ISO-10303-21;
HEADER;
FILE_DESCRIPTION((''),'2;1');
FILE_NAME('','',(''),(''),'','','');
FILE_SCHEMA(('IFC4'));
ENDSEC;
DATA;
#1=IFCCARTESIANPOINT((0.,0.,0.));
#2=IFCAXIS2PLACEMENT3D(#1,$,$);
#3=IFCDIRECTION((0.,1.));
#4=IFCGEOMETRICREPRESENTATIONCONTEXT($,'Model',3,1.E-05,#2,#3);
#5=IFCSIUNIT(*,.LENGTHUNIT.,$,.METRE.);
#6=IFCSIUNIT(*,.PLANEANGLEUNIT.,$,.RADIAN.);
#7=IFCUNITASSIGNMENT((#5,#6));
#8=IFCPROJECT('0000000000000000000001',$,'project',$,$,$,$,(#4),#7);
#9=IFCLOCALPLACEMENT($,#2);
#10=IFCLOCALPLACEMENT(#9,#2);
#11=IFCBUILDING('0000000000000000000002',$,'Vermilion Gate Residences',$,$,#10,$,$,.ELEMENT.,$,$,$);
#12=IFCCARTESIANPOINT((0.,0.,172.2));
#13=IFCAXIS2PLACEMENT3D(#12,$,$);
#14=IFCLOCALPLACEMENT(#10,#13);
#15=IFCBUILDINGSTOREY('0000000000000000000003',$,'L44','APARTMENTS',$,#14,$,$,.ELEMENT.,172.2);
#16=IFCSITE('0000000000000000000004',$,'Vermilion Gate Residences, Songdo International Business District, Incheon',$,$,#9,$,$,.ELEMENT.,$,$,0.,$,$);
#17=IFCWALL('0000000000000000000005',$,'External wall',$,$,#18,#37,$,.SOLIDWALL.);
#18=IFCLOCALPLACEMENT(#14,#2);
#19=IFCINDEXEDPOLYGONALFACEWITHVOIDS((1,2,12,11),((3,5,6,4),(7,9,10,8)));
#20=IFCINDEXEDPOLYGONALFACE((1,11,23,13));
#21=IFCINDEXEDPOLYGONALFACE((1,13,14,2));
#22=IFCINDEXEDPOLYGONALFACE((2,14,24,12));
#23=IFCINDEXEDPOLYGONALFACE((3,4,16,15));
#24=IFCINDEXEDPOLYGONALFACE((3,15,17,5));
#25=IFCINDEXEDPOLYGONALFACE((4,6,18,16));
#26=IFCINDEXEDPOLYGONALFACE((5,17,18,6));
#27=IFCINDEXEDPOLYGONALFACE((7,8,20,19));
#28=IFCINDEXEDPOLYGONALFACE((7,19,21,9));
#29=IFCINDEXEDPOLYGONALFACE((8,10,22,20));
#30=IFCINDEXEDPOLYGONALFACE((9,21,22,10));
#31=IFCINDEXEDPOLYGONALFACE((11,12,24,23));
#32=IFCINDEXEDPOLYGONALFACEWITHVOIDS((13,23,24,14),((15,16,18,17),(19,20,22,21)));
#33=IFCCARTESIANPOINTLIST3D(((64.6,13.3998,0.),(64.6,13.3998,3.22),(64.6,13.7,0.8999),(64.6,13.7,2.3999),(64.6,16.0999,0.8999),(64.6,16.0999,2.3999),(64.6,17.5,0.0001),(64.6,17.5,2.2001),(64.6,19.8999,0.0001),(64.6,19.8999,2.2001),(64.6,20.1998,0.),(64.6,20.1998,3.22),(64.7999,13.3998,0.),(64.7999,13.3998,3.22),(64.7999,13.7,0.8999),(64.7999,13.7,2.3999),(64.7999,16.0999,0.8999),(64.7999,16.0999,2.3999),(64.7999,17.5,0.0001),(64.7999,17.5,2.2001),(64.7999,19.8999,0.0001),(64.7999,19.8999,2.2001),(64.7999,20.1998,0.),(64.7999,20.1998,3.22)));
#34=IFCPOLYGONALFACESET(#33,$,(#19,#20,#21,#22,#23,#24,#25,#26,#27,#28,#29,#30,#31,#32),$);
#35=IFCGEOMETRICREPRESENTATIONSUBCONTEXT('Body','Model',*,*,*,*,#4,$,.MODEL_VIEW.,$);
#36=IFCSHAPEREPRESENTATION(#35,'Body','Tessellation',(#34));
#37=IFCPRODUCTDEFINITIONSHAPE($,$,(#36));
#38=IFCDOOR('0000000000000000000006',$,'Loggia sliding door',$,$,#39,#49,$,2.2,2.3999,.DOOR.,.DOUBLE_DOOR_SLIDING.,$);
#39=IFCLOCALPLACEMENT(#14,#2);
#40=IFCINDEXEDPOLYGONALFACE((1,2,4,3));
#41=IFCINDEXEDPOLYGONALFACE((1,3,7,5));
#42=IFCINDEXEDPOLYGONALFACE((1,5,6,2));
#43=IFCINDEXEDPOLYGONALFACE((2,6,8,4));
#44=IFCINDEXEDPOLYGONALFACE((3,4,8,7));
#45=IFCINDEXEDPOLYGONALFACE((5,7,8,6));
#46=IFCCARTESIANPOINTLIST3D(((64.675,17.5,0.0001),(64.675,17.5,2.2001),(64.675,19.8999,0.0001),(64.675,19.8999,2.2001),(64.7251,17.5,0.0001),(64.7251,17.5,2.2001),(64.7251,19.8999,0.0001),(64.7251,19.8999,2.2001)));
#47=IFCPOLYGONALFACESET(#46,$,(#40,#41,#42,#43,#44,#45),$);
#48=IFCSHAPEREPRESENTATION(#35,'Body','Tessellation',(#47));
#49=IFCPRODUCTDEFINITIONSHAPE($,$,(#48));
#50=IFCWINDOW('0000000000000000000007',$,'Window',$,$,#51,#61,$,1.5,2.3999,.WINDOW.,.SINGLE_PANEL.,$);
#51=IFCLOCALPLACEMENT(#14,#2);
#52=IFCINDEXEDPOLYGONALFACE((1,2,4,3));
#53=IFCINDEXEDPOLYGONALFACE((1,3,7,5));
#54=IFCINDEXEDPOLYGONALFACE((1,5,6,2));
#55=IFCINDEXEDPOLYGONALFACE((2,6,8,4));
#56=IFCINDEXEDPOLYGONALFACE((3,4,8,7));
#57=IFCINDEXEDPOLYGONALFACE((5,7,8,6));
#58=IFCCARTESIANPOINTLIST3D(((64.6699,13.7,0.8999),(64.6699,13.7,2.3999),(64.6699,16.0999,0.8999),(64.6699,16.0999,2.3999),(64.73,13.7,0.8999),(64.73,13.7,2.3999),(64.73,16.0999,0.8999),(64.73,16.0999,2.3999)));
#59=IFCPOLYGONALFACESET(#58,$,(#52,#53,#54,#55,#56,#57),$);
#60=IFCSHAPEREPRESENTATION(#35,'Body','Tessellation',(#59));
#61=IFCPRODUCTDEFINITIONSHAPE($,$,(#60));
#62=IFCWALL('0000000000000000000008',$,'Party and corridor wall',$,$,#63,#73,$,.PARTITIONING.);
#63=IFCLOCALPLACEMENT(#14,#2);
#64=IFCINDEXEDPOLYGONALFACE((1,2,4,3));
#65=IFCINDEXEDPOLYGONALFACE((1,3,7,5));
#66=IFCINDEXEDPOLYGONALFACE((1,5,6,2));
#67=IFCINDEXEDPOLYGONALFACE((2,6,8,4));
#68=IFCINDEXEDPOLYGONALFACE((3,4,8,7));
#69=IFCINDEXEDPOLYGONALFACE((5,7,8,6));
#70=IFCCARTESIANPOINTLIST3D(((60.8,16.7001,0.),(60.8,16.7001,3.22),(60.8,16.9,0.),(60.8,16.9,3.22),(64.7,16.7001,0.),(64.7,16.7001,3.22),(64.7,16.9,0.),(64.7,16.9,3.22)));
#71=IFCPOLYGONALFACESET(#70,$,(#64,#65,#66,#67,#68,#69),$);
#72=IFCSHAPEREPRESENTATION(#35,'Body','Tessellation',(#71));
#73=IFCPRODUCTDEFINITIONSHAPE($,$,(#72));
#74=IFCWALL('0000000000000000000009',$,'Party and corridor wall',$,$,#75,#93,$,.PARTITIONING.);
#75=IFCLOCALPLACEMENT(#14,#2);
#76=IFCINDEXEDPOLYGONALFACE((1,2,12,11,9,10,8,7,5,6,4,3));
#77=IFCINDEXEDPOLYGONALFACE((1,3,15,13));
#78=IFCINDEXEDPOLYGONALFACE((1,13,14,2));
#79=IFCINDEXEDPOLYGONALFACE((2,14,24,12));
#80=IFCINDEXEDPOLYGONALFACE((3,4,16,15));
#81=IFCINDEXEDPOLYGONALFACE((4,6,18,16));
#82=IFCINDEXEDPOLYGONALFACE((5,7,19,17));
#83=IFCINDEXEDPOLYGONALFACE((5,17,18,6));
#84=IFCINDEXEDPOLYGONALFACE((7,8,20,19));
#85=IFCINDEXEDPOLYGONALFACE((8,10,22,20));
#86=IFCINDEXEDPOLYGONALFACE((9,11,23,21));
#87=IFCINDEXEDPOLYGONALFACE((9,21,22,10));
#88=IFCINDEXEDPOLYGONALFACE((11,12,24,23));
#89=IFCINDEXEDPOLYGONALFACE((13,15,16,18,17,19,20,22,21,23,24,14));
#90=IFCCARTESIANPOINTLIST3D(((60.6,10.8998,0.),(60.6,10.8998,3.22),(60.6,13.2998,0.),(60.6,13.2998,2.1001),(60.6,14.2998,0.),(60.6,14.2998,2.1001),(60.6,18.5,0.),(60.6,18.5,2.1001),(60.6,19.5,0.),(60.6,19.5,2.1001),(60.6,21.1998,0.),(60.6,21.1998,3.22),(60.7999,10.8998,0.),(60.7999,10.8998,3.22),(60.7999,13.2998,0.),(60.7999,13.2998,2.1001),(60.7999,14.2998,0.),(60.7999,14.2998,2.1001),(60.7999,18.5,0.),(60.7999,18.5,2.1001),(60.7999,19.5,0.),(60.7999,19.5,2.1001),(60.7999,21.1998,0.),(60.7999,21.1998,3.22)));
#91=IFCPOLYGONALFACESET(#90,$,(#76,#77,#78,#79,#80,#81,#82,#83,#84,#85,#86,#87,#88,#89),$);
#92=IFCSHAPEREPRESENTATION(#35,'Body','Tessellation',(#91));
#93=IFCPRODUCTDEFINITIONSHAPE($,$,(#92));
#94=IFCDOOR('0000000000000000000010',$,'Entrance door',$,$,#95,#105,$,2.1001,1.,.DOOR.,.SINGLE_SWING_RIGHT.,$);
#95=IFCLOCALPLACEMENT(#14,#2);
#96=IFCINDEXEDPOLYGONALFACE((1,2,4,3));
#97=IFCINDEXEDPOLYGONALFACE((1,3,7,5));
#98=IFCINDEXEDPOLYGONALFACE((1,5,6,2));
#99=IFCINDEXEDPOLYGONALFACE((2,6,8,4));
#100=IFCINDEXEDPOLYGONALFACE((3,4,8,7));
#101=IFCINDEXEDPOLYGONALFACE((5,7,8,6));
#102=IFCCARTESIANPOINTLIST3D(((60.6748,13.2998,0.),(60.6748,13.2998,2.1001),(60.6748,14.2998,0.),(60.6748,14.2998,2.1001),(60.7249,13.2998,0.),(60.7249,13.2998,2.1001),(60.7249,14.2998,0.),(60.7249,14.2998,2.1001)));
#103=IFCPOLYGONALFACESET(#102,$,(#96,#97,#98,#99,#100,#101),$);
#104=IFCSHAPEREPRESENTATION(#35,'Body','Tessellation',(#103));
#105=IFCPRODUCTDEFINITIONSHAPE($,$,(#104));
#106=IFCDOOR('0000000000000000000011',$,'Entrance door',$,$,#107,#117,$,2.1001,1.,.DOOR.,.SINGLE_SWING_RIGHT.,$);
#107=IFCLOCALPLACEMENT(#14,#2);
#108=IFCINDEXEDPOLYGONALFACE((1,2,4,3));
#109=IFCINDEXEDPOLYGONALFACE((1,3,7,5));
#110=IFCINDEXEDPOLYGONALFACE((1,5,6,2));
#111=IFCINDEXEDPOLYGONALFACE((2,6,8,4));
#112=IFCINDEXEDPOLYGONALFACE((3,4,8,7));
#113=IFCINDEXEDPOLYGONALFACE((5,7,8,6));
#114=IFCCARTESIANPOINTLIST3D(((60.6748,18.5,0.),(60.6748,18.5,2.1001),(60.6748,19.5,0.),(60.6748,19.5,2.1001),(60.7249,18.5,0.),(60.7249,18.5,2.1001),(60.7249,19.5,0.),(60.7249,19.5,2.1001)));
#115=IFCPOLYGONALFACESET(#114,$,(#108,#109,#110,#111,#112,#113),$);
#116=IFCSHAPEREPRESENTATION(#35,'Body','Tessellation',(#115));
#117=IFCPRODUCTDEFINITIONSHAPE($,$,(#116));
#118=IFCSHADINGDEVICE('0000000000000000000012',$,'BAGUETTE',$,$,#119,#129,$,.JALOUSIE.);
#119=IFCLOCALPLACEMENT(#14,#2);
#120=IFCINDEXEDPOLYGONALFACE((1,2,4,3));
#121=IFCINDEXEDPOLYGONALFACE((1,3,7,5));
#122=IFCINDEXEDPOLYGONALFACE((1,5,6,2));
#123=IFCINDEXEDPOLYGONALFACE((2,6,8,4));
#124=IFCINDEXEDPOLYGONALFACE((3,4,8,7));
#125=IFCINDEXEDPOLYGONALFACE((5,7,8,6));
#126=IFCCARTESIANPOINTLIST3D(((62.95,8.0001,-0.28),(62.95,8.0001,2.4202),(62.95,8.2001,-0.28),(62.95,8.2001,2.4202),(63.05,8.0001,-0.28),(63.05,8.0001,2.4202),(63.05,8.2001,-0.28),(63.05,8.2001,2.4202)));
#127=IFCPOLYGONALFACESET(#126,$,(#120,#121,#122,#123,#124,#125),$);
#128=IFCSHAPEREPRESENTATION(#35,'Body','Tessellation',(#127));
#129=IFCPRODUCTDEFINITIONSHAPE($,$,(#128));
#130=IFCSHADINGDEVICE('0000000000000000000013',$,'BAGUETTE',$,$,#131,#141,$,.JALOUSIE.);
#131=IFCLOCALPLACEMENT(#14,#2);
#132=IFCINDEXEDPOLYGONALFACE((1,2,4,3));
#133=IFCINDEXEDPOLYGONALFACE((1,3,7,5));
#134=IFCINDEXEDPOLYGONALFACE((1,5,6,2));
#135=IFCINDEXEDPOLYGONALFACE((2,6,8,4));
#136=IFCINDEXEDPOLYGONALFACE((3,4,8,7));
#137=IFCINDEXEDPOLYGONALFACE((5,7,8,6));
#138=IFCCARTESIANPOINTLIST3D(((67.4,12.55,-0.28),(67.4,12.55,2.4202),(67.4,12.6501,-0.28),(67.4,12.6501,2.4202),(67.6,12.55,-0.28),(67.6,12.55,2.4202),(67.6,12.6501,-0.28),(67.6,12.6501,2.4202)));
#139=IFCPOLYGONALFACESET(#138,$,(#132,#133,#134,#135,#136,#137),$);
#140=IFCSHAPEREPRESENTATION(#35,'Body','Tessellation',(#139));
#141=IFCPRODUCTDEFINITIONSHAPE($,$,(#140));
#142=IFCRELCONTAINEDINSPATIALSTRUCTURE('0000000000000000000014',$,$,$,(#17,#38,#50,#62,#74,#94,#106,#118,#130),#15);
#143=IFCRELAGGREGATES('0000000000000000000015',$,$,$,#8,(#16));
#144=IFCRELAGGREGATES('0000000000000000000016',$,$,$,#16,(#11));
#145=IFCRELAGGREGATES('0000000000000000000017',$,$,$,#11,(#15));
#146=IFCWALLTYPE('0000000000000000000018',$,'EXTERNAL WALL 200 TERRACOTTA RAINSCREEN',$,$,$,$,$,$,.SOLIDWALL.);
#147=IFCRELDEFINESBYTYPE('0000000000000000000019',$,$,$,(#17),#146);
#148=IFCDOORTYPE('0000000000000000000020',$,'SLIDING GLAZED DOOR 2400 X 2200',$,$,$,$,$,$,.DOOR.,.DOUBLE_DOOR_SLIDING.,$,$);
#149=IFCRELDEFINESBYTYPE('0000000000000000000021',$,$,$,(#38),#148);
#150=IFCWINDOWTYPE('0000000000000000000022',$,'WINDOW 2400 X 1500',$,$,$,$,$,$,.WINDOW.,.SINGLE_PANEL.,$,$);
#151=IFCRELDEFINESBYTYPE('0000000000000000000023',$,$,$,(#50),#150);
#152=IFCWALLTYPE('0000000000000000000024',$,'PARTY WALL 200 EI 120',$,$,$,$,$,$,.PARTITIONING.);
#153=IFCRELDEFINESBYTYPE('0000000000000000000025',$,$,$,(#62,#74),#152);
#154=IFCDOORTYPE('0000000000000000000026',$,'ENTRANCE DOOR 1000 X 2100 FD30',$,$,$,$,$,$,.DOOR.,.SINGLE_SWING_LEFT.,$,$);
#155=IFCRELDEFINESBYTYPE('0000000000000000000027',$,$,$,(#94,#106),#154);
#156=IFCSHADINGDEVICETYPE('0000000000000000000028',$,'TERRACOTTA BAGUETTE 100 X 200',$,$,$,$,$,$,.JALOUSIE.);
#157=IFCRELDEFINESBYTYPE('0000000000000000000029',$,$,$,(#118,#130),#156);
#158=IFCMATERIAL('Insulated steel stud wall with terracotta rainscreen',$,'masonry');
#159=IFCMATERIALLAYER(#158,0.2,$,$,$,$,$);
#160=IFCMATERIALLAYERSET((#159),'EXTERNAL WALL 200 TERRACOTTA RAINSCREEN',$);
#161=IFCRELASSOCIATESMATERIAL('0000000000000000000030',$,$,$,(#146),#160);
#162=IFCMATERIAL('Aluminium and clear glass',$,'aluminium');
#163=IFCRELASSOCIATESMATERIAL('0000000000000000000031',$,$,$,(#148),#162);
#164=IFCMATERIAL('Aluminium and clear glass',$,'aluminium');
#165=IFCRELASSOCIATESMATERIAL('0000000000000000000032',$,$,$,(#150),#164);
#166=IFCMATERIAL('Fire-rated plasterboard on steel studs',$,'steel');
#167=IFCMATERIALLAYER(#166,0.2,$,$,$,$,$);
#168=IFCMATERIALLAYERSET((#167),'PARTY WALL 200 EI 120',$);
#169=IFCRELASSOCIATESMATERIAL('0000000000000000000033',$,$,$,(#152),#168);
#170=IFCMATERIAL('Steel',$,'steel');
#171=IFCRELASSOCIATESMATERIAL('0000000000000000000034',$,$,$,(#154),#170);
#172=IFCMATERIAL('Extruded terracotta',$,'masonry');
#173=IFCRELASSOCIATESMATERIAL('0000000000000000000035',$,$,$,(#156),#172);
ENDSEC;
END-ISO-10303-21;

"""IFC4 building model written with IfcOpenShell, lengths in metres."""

from ifc_helpers import new_model, si_unit, direction, frame, frame_2d, origin, origin_2d, place, context, subcontext, project, spatial, rectangle, extrude, material, layer, layer_set, material_profile, profile_set, type_object, element, fill, save


model = new_model("IFC4")

# Units and contexts
model_context = context("Model", 3, precision=1e-05, world=origin(), true_north=direction((0.0, 1.0)))
body_context = subcontext(model_context, "Body", "Model", "MODEL_VIEW")
ifc_project = project(units=[si_unit("LENGTHUNIT", "METRE"), si_unit("PLANEANGLEUNIT", "RADIAN")], contexts=[model_context])

# Site, building, storey
site_placement = place(None, origin())
site = spatial("IfcSite", under=ifc_project, at=site_placement, Name="Vermilion Gate Residences, Songdo International Business District, Incheon", CompositionType="ELEMENT", RefElevation=0.0)
building_placement = place(site_placement, origin())
building = spatial("IfcBuilding", under=site, at=building_placement, Name="Vermilion Gate Residences", CompositionType="ELEMENT")
storey_placement = place(building_placement, frame((0.0, 0.0, 172.2)))
storey = spatial("IfcBuildingStorey", under=building, at=storey_placement, Name="L44", Description="APARTMENTS", CompositionType="ELEMENT", Elevation=172.2)

# Shared definitions
ifc_material_1 = material(Name="Insulated steel stud wall with terracotta rainscreen", Category="masonry")
ifc_layer_1 = layer(ifc_material_1, 0.2)
ifc_layer_set_1 = layer_set([ifc_layer_1], Name="EXTERNAL WALL 200 TERRACOTTA RAINSCREEN")
wall_type_1 = type_object("IfcWallType", Name="EXTERNAL WALL 200 TERRACOTTA RAINSCREEN", PredefinedType="SOLIDWALL", material=ifc_layer_set_1)

# Wall, openings, door, window
wall_1_placement = place(storey_placement, frame((64.7, 13.3999, 0.0), z_axis=(0.0, 0.0, 1.0), x_axis=(0.0, 1.0, 0.0)))
wall_1 = element("IfcWall", 1, at=wall_1_placement, inside=storey, type_object=wall_type_1, Name="External wall", PredefinedType="SOLIDWALL", context=body_context, shape_type="SweptSolid", body=[
    extrude(rectangle(XDim=6.8, YDim=0.2, at=frame_2d((3.3999, 0.0))), origin(), (0.0, 0.0, 1.0), 3.22),
])
opening_1_placement = place(wall_1_placement, frame((0.3, 0.0, 0.8999)))
opening_1 = element("IfcOpeningElement", 2, at=opening_1_placement, cuts=wall_1, PredefinedType="OPENING", context=body_context, shape_type="SweptSolid", body=[
    extrude(rectangle(XDim=2.3999, YDim=1.5, at=frame_2d((1.2, 0.75))), frame((0.0, 0.1099, 0.0), z_axis=(0.0, -1.0, 0.0), x_axis=(1.0, 0.0, 0.0)), (0.0, 0.0, 1.0), 0.22),
])
opening_2_placement = place(wall_1_placement, frame((4.1001, 0.0, 0.0)))
opening_2 = element("IfcOpeningElement", 3, at=opening_2_placement, cuts=wall_1, PredefinedType="OPENING", context=body_context, shape_type="SweptSolid", body=[
    extrude(rectangle(XDim=2.3999, YDim=2.2, at=frame_2d((1.2, 1.1001))), frame((0.0, 0.1099, 0.0), z_axis=(0.0, -1.0, 0.0), x_axis=(1.0, 0.0, 0.0)), (0.0, 0.0, 1.0), 0.22),
])
ifc_material_2 = material(Name="Aluminium and clear glass", Category="aluminium")
door_type_1 = type_object("IfcDoorType", Name="SLIDING GLAZED DOOR 2400 X 2200", OperationType="DOUBLE_DOOR_SLIDING", PredefinedType="DOOR", material=ifc_material_2)
door_1_placement = place(opening_2_placement, origin())
door_1 = element("IfcDoor", 4, at=door_1_placement, inside=storey, type_object=door_type_1, Name="Loggia sliding door", OperationType="DOUBLE_DOOR_SLIDING", OverallHeight=2.2, OverallWidth=2.3999, PredefinedType="DOOR", context=body_context, shape_type="SweptSolid", body=[
    extrude(rectangle(XDim=2.3999, YDim=2.2, at=frame_2d((1.2, 1.1001))), frame((0.0, 0.0249, 0.0), z_axis=(0.0, -1.0, 0.0), x_axis=(1.0, 0.0, 0.0)), (0.0, 0.0, 1.0), 0.05),
])
fill(opening_2, door_1)
ifc_material_3 = material(Name="Aluminium and clear glass", Category="aluminium")
window_type_1 = type_object("IfcWindowType", Name="WINDOW 2400 X 1500", PartitioningType="SINGLE_PANEL", PredefinedType="WINDOW", material=ifc_material_3)
window_1_placement = place(opening_1_placement, origin())
window_1 = element("IfcWindow", 5, at=window_1_placement, inside=storey, type_object=window_type_1, Name="Window", OverallHeight=1.5, OverallWidth=2.3999, PartitioningType="SINGLE_PANEL", PredefinedType="WINDOW", context=body_context, shape_type="SweptSolid", body=[
    extrude(rectangle(XDim=2.3999, YDim=1.5, at=frame_2d((1.2, 0.75))), frame((0.0, 0.03, 0.0), z_axis=(0.0, -1.0, 0.0), x_axis=(1.0, 0.0, 0.0)), (0.0, 0.0, 1.0), 0.0601),
])
fill(opening_1, window_1)

# Wall
ifc_material_4 = material(Name="Fire-rated plasterboard on steel studs", Category="steel")
ifc_layer_2 = layer(ifc_material_4, 0.2)
ifc_layer_set_2 = layer_set([ifc_layer_2], Name="PARTY WALL 200 EI 120")
wall_type_2 = type_object("IfcWallType", Name="PARTY WALL 200 EI 120", PredefinedType="PARTITIONING", material=ifc_layer_set_2)
wall_2_placement = place(storey_placement, frame((60.8, 16.8, 0.0), z_axis=(0.0, 0.0, 1.0), x_axis=(1.0, 0.0, 0.0)))
element("IfcWall", 6, at=wall_2_placement, inside=storey, type_object=wall_type_2, Name="Party and corridor wall", PredefinedType="PARTITIONING", context=body_context, shape_type="SweptSolid", body=[
    extrude(rectangle(XDim=3.8999, YDim=0.2, at=frame_2d((1.95, 0.0))), origin(), (0.0, 0.0, 1.0), 3.22),
])

# Wall, openings, doors
wall_3_placement = place(storey_placement, frame((60.7, 10.8999, 0.0), z_axis=(0.0, 0.0, 1.0), x_axis=(0.0, 1.0, 0.0)))
wall_3 = element("IfcWall", 7, at=wall_3_placement, inside=storey, type_object=wall_type_2, Name="Party and corridor wall", PredefinedType="PARTITIONING", context=body_context, shape_type="SweptSolid", body=[
    extrude(rectangle(XDim=10.3, YDim=0.2, at=frame_2d((5.1499, 0.0))), origin(), (0.0, 0.0, 1.0), 3.22),
])
opening_3_placement = place(wall_3_placement, frame((2.3999, 0.0, 0.0)))
opening_3 = element("IfcOpeningElement", 8, at=opening_3_placement, cuts=wall_3, PredefinedType="OPENING", context=body_context, shape_type="SweptSolid", body=[
    extrude(rectangle(XDim=1.0, YDim=2.1001, at=frame_2d((0.5, 1.05))), frame((0.0, 0.1099, 0.0), z_axis=(0.0, -1.0, 0.0), x_axis=(1.0, 0.0, 0.0)), (0.0, 0.0, 1.0), 0.22),
])
opening_4_placement = place(wall_3_placement, frame((7.6001, 0.0, 0.0)))
opening_4 = element("IfcOpeningElement", 9, at=opening_4_placement, cuts=wall_3, PredefinedType="OPENING", context=body_context, shape_type="SweptSolid", body=[
    extrude(rectangle(XDim=1.0, YDim=2.1001, at=frame_2d((0.5, 1.05))), frame((0.0, 0.1099, 0.0), z_axis=(0.0, -1.0, 0.0), x_axis=(1.0, 0.0, 0.0)), (0.0, 0.0, 1.0), 0.22),
])
ifc_material_5 = material(Name="Steel", Category="steel")
door_type_2 = type_object("IfcDoorType", Name="ENTRANCE DOOR 1000 X 2100 FD30", OperationType="SINGLE_SWING_LEFT", PredefinedType="DOOR", material=ifc_material_5)
door_2_placement = place(opening_3_placement, frame((1.0, 0.0, 0.0), z_axis=(0.0, 0.0, 1.0), x_axis=(-1.0, 0.0, 0.0)))
door_2 = element("IfcDoor", 10, at=door_2_placement, inside=storey, type_object=door_type_2, Name="Entrance door", OperationType="SINGLE_SWING_RIGHT", OverallHeight=2.1001, OverallWidth=1.0, PredefinedType="DOOR", context=body_context, shape_type="SweptSolid", body=[
    extrude(rectangle(XDim=1.0, YDim=2.1001, at=frame_2d((0.5, 1.05))), frame((0.0, 0.0249, 0.0), z_axis=(0.0, -1.0, 0.0), x_axis=(1.0, 0.0, 0.0)), (0.0, 0.0, 1.0), 0.05),
])
fill(opening_3, door_2)
door_3_placement = place(opening_4_placement, frame((1.0, 0.0, 0.0), z_axis=(0.0, 0.0, 1.0), x_axis=(-1.0, 0.0, 0.0)))
door_3 = element("IfcDoor", 11, at=door_3_placement, inside=storey, type_object=door_type_2, Name="Entrance door", OperationType="SINGLE_SWING_RIGHT", OverallHeight=2.1001, OverallWidth=1.0, PredefinedType="DOOR", context=body_context, shape_type="SweptSolid", body=[
    extrude(rectangle(XDim=1.0, YDim=2.1001, at=frame_2d((0.5, 1.05))), frame((0.0, 0.0249, 0.0), z_axis=(0.0, -1.0, 0.0), x_axis=(1.0, 0.0, 0.0)), (0.0, 0.0, 1.0), 0.05),
])
fill(opening_4, door_3)

# Shading devices
ifc_material_6 = material(Name="Extruded terracotta", Category="masonry")
ifc_material_profile_1 = material_profile(ifc_material_6, rectangle(XDim=0.2, YDim=0.1001, at=origin_2d()), Name="BAGUETTE 100 X 200")
ifc_profile_set_1 = profile_set([ifc_material_profile_1], Name="Extruded terracotta")
shading_device_type = type_object("IfcShadingDeviceType", Name="TERRACOTTA BAGUETTE 100 X 200", PredefinedType="JALOUSIE", material=ifc_profile_set_1)
for number, where, z_axis, x_axis, name in (
    (12, (63.0, 8.1001, -0.28), (0.0, 0.0, 1.0), (0.0, 1.0, 0.0), "BAGUETTE"),
    (13, (67.5, 12.6001, -0.28), (0.0, 0.0, 1.0), (-1.0, 0.0, 0.0), "BAGUETTE"),
):
    element("IfcShadingDevice", number, at=place(storey_placement, frame(where, z_axis=z_axis, x_axis=x_axis)), inside=storey, type_object=shading_device_type, Name=name, PredefinedType="JALOUSIE", context=body_context, shape_type="SweptSolid", body=[
        extrude(rectangle(XDim=0.2, YDim=0.1001, at=origin_2d()), origin(), (0.0, 0.0, 1.0), 2.7002),
    ])

save(model, "model.ifc")
